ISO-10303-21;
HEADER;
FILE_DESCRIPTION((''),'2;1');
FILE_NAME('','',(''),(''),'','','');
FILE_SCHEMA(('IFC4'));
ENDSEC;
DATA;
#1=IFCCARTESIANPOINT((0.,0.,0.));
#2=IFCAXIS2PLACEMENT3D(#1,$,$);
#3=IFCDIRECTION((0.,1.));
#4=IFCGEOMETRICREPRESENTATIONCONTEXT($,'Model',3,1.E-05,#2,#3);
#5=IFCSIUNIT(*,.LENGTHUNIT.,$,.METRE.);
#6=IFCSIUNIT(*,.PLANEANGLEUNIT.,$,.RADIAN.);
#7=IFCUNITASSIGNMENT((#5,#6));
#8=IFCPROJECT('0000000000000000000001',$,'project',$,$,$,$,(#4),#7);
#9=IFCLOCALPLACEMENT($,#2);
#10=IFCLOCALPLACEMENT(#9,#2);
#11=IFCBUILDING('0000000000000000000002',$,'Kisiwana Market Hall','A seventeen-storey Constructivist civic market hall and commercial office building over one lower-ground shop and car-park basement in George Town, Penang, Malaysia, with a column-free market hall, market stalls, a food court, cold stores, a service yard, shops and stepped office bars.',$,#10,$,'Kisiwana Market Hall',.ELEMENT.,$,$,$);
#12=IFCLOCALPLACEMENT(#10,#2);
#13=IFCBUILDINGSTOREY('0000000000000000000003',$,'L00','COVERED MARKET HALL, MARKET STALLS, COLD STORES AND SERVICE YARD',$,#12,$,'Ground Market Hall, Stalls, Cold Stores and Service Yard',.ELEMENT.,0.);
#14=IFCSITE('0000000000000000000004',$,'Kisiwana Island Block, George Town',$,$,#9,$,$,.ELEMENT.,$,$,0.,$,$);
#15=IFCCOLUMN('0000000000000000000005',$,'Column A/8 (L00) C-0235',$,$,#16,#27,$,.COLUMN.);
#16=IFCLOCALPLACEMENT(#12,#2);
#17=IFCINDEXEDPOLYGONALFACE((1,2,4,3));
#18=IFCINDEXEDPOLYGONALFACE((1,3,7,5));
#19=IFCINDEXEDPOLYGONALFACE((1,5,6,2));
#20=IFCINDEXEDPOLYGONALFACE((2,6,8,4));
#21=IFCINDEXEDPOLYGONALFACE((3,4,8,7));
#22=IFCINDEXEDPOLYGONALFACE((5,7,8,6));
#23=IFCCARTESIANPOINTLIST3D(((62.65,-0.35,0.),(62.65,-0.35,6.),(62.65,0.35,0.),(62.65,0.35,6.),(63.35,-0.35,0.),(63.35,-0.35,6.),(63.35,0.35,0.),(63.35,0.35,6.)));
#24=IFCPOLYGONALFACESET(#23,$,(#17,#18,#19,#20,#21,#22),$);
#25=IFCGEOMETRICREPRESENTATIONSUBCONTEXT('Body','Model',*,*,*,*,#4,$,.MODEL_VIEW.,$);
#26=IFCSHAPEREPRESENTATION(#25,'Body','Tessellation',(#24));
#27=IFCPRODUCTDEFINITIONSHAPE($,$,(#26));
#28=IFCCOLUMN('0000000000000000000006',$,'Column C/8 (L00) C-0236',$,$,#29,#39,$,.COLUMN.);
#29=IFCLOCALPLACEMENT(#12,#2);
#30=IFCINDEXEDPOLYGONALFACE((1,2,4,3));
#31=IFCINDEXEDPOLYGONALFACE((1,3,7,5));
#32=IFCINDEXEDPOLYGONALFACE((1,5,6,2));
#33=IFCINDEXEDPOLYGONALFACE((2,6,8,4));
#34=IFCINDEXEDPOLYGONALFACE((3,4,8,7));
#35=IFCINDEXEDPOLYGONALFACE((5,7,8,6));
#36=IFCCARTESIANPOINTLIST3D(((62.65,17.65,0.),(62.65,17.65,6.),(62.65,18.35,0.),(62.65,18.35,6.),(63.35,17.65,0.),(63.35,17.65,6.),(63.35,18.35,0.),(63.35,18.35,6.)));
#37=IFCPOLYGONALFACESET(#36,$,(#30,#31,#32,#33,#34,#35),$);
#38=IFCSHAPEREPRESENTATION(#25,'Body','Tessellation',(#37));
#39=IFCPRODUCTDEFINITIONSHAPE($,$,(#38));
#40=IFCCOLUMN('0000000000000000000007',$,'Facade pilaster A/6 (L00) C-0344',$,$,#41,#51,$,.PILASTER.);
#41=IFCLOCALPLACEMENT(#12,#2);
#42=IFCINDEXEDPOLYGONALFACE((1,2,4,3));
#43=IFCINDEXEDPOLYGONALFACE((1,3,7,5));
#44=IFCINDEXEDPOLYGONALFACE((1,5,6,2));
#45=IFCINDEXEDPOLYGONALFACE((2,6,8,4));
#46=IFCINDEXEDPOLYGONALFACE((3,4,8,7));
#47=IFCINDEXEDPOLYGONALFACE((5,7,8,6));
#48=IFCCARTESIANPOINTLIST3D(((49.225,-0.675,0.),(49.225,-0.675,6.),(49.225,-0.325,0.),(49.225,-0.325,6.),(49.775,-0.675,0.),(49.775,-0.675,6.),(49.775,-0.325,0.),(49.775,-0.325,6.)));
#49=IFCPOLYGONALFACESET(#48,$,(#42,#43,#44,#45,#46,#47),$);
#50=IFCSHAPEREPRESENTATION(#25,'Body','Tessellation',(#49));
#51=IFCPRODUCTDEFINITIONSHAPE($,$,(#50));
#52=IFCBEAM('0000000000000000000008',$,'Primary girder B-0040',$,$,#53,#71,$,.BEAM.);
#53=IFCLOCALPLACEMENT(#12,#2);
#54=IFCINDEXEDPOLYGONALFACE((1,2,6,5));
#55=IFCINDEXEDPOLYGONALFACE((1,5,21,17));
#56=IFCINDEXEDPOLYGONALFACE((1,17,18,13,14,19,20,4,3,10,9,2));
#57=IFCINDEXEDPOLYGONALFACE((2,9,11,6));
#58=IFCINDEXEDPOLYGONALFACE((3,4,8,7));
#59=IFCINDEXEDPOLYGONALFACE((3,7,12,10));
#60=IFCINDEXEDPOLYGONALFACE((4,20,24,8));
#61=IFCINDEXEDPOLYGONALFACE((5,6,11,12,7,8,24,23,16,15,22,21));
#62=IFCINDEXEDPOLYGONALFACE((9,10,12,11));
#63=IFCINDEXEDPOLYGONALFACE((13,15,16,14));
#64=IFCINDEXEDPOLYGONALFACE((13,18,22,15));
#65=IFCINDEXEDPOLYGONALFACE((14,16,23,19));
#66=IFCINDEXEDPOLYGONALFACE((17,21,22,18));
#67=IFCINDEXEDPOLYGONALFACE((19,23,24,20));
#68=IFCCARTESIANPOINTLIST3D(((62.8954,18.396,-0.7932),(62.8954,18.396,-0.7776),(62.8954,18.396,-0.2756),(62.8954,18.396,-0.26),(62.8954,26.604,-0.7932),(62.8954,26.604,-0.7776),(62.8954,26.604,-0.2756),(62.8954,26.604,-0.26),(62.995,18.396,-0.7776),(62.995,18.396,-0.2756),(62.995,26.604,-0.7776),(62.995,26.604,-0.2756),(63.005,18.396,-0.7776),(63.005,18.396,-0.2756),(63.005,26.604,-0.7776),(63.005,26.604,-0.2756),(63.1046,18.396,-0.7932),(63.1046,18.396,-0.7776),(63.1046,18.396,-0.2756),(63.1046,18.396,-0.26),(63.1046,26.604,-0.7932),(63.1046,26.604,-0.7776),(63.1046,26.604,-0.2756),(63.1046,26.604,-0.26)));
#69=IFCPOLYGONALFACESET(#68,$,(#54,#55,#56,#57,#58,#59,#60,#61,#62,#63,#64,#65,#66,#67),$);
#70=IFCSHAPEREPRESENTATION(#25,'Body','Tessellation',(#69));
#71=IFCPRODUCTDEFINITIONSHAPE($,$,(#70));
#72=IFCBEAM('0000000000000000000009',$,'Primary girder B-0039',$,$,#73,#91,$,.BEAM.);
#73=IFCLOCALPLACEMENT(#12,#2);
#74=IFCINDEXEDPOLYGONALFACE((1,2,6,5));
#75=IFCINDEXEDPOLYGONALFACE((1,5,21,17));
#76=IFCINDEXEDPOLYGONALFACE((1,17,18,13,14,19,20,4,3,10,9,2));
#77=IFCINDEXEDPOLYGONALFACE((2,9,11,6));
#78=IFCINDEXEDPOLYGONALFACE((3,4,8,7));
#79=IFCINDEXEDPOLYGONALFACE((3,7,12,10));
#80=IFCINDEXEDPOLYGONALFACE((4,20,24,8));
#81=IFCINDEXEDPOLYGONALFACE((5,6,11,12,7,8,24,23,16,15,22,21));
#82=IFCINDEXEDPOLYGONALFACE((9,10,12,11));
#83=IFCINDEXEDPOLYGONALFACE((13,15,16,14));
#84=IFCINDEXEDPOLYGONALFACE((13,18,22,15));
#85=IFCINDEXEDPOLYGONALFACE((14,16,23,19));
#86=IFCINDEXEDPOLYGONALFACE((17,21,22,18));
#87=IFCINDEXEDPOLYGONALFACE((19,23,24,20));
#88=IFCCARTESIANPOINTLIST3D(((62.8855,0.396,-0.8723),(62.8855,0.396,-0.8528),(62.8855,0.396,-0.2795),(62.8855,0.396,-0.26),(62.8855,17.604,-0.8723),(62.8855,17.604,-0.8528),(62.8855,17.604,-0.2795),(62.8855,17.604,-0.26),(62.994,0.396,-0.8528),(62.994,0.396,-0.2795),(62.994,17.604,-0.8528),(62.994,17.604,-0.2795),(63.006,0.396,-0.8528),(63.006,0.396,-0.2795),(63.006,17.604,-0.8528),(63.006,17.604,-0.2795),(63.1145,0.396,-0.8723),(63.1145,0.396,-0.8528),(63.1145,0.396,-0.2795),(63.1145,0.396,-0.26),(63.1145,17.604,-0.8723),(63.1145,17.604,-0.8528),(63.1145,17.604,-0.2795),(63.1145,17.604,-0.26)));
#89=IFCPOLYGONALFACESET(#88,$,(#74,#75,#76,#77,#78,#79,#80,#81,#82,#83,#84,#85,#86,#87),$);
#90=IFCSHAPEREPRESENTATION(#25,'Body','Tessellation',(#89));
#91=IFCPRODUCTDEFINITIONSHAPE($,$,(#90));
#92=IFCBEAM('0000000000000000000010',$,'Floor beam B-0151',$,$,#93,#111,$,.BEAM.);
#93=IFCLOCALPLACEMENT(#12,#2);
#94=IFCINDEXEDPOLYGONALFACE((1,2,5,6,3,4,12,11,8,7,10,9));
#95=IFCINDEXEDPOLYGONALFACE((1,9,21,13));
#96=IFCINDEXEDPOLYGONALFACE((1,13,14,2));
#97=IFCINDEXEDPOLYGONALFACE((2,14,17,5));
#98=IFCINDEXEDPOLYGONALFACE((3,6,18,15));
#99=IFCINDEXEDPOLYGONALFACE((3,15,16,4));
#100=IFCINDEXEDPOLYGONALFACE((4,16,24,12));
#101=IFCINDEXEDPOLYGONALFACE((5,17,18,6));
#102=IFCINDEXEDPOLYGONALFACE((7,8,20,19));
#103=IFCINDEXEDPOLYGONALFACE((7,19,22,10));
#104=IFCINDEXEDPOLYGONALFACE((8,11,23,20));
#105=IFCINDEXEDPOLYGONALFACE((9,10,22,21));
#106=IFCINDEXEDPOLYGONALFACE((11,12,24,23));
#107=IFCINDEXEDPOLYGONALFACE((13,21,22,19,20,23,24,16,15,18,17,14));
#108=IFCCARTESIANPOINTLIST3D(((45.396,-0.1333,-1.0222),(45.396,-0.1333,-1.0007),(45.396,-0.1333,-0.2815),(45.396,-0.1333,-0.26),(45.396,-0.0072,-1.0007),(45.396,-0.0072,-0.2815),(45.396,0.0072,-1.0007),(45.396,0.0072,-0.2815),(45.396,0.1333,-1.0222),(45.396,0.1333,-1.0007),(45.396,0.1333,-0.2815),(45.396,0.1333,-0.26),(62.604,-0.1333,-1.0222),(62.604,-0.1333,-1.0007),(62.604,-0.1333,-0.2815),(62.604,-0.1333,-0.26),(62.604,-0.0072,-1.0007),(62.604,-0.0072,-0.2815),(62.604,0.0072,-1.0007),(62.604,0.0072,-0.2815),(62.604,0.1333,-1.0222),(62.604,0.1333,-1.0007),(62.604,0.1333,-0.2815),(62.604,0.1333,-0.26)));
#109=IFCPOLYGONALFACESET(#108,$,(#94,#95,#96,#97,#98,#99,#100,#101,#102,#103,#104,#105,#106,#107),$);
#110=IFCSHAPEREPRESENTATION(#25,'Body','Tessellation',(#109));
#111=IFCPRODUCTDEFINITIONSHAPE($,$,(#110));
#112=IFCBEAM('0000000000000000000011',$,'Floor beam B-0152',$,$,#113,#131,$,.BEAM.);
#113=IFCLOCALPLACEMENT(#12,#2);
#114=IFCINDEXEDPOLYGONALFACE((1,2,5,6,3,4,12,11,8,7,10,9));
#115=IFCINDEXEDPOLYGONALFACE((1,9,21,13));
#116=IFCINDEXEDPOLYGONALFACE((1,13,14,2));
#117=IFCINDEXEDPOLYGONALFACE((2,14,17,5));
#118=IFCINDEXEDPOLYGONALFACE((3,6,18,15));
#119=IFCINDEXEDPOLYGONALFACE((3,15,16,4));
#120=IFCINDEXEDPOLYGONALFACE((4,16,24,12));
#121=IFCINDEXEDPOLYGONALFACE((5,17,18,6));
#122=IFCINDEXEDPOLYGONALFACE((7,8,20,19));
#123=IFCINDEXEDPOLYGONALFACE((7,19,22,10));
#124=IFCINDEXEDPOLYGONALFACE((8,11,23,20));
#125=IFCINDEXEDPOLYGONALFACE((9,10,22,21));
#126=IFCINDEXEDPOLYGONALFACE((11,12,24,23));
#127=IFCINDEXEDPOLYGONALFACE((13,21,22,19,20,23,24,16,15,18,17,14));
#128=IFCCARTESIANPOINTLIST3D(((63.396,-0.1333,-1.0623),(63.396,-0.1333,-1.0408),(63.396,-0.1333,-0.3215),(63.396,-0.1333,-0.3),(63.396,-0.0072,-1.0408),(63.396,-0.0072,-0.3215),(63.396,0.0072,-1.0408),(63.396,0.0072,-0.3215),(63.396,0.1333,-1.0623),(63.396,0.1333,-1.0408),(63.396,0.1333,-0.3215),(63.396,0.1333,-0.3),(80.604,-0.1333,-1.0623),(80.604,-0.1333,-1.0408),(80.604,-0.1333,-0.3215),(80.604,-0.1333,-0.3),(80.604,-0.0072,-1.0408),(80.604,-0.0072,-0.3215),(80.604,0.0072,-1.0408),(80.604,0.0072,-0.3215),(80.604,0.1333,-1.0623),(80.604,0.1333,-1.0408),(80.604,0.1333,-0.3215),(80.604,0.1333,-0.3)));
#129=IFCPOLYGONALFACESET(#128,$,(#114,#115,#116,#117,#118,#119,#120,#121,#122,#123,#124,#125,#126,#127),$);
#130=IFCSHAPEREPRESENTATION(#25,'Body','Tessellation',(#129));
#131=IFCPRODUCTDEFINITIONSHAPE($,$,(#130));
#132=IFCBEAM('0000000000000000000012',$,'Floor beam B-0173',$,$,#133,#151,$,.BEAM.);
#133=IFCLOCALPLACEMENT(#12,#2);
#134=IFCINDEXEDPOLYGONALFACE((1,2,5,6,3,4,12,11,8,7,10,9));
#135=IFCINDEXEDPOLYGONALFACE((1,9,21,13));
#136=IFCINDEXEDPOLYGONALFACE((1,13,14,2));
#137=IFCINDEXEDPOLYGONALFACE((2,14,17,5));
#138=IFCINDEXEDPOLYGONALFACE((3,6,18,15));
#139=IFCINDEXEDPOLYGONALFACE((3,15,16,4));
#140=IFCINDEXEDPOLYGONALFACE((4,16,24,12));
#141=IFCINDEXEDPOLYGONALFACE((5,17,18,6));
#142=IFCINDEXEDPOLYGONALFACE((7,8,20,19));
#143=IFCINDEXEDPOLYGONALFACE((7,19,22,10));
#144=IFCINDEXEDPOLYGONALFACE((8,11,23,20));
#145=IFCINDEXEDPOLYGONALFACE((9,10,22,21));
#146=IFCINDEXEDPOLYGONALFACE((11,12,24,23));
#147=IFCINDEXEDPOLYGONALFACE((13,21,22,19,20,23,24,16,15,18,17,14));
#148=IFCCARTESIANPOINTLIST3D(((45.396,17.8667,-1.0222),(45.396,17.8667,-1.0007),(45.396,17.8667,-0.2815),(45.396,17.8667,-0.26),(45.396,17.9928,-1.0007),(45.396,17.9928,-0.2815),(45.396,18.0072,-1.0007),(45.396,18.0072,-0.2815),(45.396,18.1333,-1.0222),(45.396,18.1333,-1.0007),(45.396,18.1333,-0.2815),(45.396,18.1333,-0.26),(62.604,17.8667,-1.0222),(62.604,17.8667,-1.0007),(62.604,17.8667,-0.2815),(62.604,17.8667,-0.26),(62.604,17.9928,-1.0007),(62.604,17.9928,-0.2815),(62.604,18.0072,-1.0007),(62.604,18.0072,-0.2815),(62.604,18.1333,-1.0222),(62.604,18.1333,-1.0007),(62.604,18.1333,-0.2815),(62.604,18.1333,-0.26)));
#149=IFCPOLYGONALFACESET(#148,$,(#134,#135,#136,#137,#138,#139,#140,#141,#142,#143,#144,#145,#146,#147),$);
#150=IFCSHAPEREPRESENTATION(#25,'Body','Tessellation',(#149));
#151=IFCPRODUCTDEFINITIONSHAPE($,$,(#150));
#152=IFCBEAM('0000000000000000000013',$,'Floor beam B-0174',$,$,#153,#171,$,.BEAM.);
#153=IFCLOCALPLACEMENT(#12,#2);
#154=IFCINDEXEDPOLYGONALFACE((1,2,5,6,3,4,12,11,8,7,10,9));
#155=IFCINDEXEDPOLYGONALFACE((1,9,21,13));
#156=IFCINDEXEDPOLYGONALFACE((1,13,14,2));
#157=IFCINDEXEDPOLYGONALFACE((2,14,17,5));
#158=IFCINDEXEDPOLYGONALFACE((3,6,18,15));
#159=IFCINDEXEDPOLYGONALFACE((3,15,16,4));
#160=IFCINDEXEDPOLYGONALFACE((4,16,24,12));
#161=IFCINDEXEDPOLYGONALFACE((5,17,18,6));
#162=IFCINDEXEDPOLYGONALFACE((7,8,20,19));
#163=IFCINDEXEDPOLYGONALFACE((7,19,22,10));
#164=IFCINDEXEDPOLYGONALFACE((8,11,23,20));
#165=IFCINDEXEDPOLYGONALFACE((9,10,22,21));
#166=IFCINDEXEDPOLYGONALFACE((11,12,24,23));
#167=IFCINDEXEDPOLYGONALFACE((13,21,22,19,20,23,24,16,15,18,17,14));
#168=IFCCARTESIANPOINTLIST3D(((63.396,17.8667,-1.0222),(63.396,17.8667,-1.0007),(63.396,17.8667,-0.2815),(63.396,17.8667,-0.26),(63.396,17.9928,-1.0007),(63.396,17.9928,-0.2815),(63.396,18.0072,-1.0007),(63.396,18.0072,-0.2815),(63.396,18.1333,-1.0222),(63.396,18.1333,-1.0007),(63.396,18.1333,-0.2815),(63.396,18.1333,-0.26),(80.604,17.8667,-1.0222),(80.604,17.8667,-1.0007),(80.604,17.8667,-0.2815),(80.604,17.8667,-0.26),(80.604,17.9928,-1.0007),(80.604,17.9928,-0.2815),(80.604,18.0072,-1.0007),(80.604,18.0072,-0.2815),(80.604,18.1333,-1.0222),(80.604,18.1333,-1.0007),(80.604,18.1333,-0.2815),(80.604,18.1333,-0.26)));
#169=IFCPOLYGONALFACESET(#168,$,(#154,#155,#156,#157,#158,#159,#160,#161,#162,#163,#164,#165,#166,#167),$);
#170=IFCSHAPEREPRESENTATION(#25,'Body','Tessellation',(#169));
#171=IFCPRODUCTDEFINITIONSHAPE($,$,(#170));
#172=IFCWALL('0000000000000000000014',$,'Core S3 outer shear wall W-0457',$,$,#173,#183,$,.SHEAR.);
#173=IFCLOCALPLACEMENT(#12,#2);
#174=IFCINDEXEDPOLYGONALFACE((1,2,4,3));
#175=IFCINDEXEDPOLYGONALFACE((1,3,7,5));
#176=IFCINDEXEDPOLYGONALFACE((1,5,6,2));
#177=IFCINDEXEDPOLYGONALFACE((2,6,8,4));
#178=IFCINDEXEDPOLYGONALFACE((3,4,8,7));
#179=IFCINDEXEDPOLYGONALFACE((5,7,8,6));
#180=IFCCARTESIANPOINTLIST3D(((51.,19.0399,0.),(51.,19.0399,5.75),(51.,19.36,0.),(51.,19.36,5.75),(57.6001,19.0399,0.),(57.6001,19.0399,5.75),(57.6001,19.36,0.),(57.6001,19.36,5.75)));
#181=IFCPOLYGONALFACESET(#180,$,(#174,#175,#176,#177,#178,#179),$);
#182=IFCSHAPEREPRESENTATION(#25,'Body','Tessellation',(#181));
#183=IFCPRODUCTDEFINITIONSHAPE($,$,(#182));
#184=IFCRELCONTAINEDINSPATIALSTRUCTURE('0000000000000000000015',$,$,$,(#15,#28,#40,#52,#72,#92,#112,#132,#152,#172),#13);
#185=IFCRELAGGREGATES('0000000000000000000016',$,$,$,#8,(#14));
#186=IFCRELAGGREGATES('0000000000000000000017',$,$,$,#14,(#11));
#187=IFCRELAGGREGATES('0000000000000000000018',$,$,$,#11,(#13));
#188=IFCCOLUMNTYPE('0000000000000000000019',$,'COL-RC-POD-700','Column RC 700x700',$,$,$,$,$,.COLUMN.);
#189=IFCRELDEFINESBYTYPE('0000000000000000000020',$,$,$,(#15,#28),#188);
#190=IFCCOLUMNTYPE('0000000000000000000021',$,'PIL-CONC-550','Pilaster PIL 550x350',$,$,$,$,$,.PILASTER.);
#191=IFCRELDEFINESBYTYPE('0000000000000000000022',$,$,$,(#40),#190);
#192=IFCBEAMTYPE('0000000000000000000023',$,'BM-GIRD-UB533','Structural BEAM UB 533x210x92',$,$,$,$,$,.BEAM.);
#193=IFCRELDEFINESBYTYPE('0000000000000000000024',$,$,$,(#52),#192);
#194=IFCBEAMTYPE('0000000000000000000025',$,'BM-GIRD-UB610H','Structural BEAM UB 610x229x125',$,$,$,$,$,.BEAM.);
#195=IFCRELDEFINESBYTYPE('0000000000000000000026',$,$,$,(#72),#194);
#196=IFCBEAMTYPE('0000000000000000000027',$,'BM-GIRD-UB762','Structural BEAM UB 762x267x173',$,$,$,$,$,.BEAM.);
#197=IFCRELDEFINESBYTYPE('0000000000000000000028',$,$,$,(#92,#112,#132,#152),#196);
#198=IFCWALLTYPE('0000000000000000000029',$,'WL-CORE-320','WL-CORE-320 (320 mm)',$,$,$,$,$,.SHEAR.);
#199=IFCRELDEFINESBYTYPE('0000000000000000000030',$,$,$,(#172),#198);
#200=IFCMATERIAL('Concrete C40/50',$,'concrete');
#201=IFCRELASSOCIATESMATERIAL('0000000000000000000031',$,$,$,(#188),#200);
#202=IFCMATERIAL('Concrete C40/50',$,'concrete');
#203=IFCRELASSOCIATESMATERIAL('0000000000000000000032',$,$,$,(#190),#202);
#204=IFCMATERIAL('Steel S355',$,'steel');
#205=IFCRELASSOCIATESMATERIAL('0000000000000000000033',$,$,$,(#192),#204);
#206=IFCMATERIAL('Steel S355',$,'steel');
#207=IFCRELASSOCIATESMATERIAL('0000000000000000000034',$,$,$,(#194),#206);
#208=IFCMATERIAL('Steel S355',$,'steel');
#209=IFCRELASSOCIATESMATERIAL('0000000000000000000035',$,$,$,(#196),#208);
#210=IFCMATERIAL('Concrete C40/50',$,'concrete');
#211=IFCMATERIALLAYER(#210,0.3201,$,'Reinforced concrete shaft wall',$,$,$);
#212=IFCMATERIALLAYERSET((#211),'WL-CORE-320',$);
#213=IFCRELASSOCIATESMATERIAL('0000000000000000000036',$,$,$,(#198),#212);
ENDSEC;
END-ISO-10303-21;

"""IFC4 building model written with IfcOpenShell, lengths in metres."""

from ifc_helpers import new_model, si_unit, direction, frame, frame_2d, origin, origin_2d, place, context, subcontext, project, spatial, rectangle, i_section, extrude, material, layer, layer_set, material_profile, profile_set, type_object, element, save


model = new_model("IFC4")

# Units and contexts
model_context = context("Model", 3, precision=1e-05, world=origin(), true_north=direction((0.0, 1.0)))
body_context = subcontext(model_context, "Body", "Model", "MODEL_VIEW")
ifc_project = project(units=[si_unit("LENGTHUNIT", "METRE"), si_unit("PLANEANGLEUNIT", "RADIAN")], contexts=[model_context])

# Site, building, storey
site_placement = place(None, origin())
site = spatial("IfcSite", under=ifc_project, at=site_placement, Name="Kisiwana Island Block, George Town", CompositionType="ELEMENT", RefElevation=0.0)
building_placement = place(site_placement, origin())
building = spatial("IfcBuilding", under=site, at=building_placement, Name="Kisiwana Market Hall", Description="A seventeen-storey Constructivist civic market hall and commercial office building over one lower-ground shop and car-park basement in George Town, Penang, Malaysia, with a column-free market hall, market stalls, a food court, cold stores, a service yard, shops and stepped office bars.", LongName="Kisiwana Market Hall", CompositionType="ELEMENT")
storey_placement = place(building_placement, origin())
storey = spatial("IfcBuildingStorey", under=building, at=storey_placement, Name="L00", Description="COVERED MARKET HALL, MARKET STALLS, COLD STORES AND SERVICE YARD", LongName="Ground Market Hall, Stalls, Cold Stores and Service Yard", CompositionType="ELEMENT", Elevation=0.0)

# Columns
ifc_material_1 = material(Name="Concrete C40/50", Category="concrete")
ifc_material_profile_1 = material_profile(ifc_material_1, rectangle(XDim=0.7, YDim=0.7, at=origin_2d()), Name="RC 700x700")
ifc_profile_set_1 = profile_set([ifc_material_profile_1], Name="Concrete C40/50")
column_type_1 = type_object("IfcColumnType", Name="COL-RC-POD-700", Description="Column RC 700x700", PredefinedType="COLUMN", material=ifc_profile_set_1)
for number, where, z_axis, x_axis, name in (
    (1, (63.0, 0.0, 0.0), (0.0, 0.0, 1.0), (1.0, 0.0, 0.0), "Column A/8 (L00) C-0235"),
    (2, (63.0, 18.0, 0.0), (0.0, 0.0, 1.0), (1.0, 0.0, 0.0), "Column C/8 (L00) C-0236"),
):
    element("IfcColumn", number, at=place(storey_placement, frame(where, z_axis=z_axis, x_axis=x_axis)), inside=storey, type_object=column_type_1, Name=name, PredefinedType="COLUMN", context=body_context, shape_type="SweptSolid", body=[
        extrude(rectangle(XDim=0.7, YDim=0.7, at=origin_2d()), origin(), (0.0, 0.0, 1.0), 6.0),
    ])
ifc_material_2 = material(Name="Concrete C40/50", Category="concrete")
ifc_material_profile_2 = material_profile(ifc_material_2, rectangle(XDim=0.55, YDim=0.3501, at=origin_2d()), Name="PIL 550x350")
ifc_profile_set_2 = profile_set([ifc_material_profile_2], Name="Concrete C40/50")
column_type_2 = type_object("IfcColumnType", Name="PIL-CONC-550", Description="Pilaster PIL 550x350", PredefinedType="PILASTER", material=ifc_profile_set_2)
column_placement = place(storey_placement, frame((49.5, -0.5, 0.0), z_axis=(0.0, 0.0, 1.0), x_axis=(1.0, 0.0, 0.0)))
element("IfcColumn", 3, at=column_placement, inside=storey, type_object=column_type_2, Name="Facade pilaster A/6 (L00) C-0344", PredefinedType="PILASTER", context=body_context, shape_type="SweptSolid", body=[
    extrude(rectangle(XDim=0.55, YDim=0.3501, at=origin_2d()), origin(), (0.0, 0.0, 1.0), 6.0),
])

# Beams
ifc_material_3 = material(Name="Steel S355", Category="steel")
ifc_material_profile_3 = material_profile(ifc_material_3, i_section(OverallWidth=0.2092, OverallDepth=0.5332, WebThickness=0.01, FlangeThickness=0.0156, at=origin_2d()), Name="UB 533x210x92")
ifc_profile_set_3 = profile_set([ifc_material_profile_3], Name="Steel S355")
beam_type_1 = type_object("IfcBeamType", Name="BM-GIRD-UB533", Description="Structural BEAM UB 533x210x92", PredefinedType="BEAM", material=ifc_profile_set_3)
beam_1_placement = place(storey_placement, frame((63.0, 18.396, -0.5266), z_axis=(0.0, 1.0, 0.0), x_axis=(-1.0, 0.0, 0.0)))
element("IfcBeam", 4, at=beam_1_placement, inside=storey, type_object=beam_type_1, Name="Primary girder B-0040", PredefinedType="BEAM", context=body_context, shape_type="SweptSolid", body=[
    extrude(i_section(OverallWidth=0.2092, OverallDepth=0.5332, WebThickness=0.01, FlangeThickness=0.0156, at=origin_2d()), origin(), (0.0, 0.0, 1.0), 8.208),
])
ifc_material_4 = material(Name="Steel S355", Category="steel")
ifc_material_profile_4 = material_profile(ifc_material_4, i_section(OverallWidth=0.229, OverallDepth=0.6123, WebThickness=0.012, FlangeThickness=0.0195, at=origin_2d()), Name="UB 610x229x125")
ifc_profile_set_4 = profile_set([ifc_material_profile_4], Name="Steel S355")
beam_type_2 = type_object("IfcBeamType", Name="BM-GIRD-UB610H", Description="Structural BEAM UB 610x229x125", PredefinedType="BEAM", material=ifc_profile_set_4)
beam_2_placement = place(storey_placement, frame((63.0, 0.396, -0.5662), z_axis=(0.0, 1.0, 0.0), x_axis=(-1.0, 0.0, 0.0)))
element("IfcBeam", 5, at=beam_2_placement, inside=storey, type_object=beam_type_2, Name="Primary girder B-0039", PredefinedType="BEAM", context=body_context, shape_type="SweptSolid", body=[
    extrude(i_section(OverallWidth=0.229, OverallDepth=0.6123, WebThickness=0.012, FlangeThickness=0.0195, at=origin_2d()), origin(), (0.0, 0.0, 1.0), 17.208),
])
ifc_material_5 = material(Name="Steel S355", Category="steel")
ifc_material_profile_5 = material_profile(ifc_material_5, i_section(OverallWidth=0.2666, OverallDepth=0.7622, WebThickness=0.0144, FlangeThickness=0.0215, at=origin_2d()), Name="UB 762x267x173")
ifc_profile_set_5 = profile_set([ifc_material_profile_5], Name="Steel S355")
beam_type_3 = type_object("IfcBeamType", Name="BM-GIRD-UB762", Description="Structural BEAM UB 762x267x173", PredefinedType="BEAM", material=ifc_profile_set_5)
for number, where, z_axis, x_axis, name in (
    (6, (45.396, 0.0, -0.6411), (1.0, 0.0, 0.0), (0.0, 1.0, 0.0), "Floor beam B-0151"),
    (7, (63.396, 0.0, -0.6812), (1.0, 0.0, 0.0), (0.0, 1.0, 0.0), "Floor beam B-0152"),
    (8, (45.396, 18.0, -0.6411), (1.0, 0.0, 0.0), (0.0, 1.0, 0.0), "Floor beam B-0173"),
    (9, (63.396, 18.0, -0.6411), (1.0, 0.0, 0.0), (0.0, 1.0, 0.0), "Floor beam B-0174"),
):
    element("IfcBeam", number, at=place(storey_placement, frame(where, z_axis=z_axis, x_axis=x_axis)), inside=storey, type_object=beam_type_3, Name=name, PredefinedType="BEAM", context=body_context, shape_type="SweptSolid", body=[
        extrude(i_section(OverallWidth=0.2666, OverallDepth=0.7622, WebThickness=0.0144, FlangeThickness=0.0215, at=origin_2d()), origin(), (0.0, 0.0, 1.0), 17.208),
    ])

# Wall
ifc_material_6 = material(Name="Concrete C40/50", Category="concrete")
ifc_layer_1 = layer(ifc_material_6, 0.3201, Name="Reinforced concrete shaft wall")
ifc_layer_set_1 = layer_set([ifc_layer_1], Name="WL-CORE-320")
wall_type_1 = type_object("IfcWallType", Name="WL-CORE-320", Description="WL-CORE-320 (320 mm)", PredefinedType="SHEAR", material=ifc_layer_set_1)
wall_1_placement = place(storey_placement, frame((51.0, 19.2, 0.0), z_axis=(0.0, 0.0, 1.0), x_axis=(1.0, 0.0, 0.0)))
element("IfcWall", 10, at=wall_1_placement, inside=storey, type_object=wall_type_1, Name="Core S3 outer shear wall W-0457", PredefinedType="SHEAR", context=body_context, shape_type="SweptSolid", body=[
    extrude(rectangle(XDim=6.6001, YDim=0.3201, at=frame_2d((3.3, 0.0))), origin(), (0.0, 0.0, 1.0), 5.75),
])

save(model, "model.ifc")
